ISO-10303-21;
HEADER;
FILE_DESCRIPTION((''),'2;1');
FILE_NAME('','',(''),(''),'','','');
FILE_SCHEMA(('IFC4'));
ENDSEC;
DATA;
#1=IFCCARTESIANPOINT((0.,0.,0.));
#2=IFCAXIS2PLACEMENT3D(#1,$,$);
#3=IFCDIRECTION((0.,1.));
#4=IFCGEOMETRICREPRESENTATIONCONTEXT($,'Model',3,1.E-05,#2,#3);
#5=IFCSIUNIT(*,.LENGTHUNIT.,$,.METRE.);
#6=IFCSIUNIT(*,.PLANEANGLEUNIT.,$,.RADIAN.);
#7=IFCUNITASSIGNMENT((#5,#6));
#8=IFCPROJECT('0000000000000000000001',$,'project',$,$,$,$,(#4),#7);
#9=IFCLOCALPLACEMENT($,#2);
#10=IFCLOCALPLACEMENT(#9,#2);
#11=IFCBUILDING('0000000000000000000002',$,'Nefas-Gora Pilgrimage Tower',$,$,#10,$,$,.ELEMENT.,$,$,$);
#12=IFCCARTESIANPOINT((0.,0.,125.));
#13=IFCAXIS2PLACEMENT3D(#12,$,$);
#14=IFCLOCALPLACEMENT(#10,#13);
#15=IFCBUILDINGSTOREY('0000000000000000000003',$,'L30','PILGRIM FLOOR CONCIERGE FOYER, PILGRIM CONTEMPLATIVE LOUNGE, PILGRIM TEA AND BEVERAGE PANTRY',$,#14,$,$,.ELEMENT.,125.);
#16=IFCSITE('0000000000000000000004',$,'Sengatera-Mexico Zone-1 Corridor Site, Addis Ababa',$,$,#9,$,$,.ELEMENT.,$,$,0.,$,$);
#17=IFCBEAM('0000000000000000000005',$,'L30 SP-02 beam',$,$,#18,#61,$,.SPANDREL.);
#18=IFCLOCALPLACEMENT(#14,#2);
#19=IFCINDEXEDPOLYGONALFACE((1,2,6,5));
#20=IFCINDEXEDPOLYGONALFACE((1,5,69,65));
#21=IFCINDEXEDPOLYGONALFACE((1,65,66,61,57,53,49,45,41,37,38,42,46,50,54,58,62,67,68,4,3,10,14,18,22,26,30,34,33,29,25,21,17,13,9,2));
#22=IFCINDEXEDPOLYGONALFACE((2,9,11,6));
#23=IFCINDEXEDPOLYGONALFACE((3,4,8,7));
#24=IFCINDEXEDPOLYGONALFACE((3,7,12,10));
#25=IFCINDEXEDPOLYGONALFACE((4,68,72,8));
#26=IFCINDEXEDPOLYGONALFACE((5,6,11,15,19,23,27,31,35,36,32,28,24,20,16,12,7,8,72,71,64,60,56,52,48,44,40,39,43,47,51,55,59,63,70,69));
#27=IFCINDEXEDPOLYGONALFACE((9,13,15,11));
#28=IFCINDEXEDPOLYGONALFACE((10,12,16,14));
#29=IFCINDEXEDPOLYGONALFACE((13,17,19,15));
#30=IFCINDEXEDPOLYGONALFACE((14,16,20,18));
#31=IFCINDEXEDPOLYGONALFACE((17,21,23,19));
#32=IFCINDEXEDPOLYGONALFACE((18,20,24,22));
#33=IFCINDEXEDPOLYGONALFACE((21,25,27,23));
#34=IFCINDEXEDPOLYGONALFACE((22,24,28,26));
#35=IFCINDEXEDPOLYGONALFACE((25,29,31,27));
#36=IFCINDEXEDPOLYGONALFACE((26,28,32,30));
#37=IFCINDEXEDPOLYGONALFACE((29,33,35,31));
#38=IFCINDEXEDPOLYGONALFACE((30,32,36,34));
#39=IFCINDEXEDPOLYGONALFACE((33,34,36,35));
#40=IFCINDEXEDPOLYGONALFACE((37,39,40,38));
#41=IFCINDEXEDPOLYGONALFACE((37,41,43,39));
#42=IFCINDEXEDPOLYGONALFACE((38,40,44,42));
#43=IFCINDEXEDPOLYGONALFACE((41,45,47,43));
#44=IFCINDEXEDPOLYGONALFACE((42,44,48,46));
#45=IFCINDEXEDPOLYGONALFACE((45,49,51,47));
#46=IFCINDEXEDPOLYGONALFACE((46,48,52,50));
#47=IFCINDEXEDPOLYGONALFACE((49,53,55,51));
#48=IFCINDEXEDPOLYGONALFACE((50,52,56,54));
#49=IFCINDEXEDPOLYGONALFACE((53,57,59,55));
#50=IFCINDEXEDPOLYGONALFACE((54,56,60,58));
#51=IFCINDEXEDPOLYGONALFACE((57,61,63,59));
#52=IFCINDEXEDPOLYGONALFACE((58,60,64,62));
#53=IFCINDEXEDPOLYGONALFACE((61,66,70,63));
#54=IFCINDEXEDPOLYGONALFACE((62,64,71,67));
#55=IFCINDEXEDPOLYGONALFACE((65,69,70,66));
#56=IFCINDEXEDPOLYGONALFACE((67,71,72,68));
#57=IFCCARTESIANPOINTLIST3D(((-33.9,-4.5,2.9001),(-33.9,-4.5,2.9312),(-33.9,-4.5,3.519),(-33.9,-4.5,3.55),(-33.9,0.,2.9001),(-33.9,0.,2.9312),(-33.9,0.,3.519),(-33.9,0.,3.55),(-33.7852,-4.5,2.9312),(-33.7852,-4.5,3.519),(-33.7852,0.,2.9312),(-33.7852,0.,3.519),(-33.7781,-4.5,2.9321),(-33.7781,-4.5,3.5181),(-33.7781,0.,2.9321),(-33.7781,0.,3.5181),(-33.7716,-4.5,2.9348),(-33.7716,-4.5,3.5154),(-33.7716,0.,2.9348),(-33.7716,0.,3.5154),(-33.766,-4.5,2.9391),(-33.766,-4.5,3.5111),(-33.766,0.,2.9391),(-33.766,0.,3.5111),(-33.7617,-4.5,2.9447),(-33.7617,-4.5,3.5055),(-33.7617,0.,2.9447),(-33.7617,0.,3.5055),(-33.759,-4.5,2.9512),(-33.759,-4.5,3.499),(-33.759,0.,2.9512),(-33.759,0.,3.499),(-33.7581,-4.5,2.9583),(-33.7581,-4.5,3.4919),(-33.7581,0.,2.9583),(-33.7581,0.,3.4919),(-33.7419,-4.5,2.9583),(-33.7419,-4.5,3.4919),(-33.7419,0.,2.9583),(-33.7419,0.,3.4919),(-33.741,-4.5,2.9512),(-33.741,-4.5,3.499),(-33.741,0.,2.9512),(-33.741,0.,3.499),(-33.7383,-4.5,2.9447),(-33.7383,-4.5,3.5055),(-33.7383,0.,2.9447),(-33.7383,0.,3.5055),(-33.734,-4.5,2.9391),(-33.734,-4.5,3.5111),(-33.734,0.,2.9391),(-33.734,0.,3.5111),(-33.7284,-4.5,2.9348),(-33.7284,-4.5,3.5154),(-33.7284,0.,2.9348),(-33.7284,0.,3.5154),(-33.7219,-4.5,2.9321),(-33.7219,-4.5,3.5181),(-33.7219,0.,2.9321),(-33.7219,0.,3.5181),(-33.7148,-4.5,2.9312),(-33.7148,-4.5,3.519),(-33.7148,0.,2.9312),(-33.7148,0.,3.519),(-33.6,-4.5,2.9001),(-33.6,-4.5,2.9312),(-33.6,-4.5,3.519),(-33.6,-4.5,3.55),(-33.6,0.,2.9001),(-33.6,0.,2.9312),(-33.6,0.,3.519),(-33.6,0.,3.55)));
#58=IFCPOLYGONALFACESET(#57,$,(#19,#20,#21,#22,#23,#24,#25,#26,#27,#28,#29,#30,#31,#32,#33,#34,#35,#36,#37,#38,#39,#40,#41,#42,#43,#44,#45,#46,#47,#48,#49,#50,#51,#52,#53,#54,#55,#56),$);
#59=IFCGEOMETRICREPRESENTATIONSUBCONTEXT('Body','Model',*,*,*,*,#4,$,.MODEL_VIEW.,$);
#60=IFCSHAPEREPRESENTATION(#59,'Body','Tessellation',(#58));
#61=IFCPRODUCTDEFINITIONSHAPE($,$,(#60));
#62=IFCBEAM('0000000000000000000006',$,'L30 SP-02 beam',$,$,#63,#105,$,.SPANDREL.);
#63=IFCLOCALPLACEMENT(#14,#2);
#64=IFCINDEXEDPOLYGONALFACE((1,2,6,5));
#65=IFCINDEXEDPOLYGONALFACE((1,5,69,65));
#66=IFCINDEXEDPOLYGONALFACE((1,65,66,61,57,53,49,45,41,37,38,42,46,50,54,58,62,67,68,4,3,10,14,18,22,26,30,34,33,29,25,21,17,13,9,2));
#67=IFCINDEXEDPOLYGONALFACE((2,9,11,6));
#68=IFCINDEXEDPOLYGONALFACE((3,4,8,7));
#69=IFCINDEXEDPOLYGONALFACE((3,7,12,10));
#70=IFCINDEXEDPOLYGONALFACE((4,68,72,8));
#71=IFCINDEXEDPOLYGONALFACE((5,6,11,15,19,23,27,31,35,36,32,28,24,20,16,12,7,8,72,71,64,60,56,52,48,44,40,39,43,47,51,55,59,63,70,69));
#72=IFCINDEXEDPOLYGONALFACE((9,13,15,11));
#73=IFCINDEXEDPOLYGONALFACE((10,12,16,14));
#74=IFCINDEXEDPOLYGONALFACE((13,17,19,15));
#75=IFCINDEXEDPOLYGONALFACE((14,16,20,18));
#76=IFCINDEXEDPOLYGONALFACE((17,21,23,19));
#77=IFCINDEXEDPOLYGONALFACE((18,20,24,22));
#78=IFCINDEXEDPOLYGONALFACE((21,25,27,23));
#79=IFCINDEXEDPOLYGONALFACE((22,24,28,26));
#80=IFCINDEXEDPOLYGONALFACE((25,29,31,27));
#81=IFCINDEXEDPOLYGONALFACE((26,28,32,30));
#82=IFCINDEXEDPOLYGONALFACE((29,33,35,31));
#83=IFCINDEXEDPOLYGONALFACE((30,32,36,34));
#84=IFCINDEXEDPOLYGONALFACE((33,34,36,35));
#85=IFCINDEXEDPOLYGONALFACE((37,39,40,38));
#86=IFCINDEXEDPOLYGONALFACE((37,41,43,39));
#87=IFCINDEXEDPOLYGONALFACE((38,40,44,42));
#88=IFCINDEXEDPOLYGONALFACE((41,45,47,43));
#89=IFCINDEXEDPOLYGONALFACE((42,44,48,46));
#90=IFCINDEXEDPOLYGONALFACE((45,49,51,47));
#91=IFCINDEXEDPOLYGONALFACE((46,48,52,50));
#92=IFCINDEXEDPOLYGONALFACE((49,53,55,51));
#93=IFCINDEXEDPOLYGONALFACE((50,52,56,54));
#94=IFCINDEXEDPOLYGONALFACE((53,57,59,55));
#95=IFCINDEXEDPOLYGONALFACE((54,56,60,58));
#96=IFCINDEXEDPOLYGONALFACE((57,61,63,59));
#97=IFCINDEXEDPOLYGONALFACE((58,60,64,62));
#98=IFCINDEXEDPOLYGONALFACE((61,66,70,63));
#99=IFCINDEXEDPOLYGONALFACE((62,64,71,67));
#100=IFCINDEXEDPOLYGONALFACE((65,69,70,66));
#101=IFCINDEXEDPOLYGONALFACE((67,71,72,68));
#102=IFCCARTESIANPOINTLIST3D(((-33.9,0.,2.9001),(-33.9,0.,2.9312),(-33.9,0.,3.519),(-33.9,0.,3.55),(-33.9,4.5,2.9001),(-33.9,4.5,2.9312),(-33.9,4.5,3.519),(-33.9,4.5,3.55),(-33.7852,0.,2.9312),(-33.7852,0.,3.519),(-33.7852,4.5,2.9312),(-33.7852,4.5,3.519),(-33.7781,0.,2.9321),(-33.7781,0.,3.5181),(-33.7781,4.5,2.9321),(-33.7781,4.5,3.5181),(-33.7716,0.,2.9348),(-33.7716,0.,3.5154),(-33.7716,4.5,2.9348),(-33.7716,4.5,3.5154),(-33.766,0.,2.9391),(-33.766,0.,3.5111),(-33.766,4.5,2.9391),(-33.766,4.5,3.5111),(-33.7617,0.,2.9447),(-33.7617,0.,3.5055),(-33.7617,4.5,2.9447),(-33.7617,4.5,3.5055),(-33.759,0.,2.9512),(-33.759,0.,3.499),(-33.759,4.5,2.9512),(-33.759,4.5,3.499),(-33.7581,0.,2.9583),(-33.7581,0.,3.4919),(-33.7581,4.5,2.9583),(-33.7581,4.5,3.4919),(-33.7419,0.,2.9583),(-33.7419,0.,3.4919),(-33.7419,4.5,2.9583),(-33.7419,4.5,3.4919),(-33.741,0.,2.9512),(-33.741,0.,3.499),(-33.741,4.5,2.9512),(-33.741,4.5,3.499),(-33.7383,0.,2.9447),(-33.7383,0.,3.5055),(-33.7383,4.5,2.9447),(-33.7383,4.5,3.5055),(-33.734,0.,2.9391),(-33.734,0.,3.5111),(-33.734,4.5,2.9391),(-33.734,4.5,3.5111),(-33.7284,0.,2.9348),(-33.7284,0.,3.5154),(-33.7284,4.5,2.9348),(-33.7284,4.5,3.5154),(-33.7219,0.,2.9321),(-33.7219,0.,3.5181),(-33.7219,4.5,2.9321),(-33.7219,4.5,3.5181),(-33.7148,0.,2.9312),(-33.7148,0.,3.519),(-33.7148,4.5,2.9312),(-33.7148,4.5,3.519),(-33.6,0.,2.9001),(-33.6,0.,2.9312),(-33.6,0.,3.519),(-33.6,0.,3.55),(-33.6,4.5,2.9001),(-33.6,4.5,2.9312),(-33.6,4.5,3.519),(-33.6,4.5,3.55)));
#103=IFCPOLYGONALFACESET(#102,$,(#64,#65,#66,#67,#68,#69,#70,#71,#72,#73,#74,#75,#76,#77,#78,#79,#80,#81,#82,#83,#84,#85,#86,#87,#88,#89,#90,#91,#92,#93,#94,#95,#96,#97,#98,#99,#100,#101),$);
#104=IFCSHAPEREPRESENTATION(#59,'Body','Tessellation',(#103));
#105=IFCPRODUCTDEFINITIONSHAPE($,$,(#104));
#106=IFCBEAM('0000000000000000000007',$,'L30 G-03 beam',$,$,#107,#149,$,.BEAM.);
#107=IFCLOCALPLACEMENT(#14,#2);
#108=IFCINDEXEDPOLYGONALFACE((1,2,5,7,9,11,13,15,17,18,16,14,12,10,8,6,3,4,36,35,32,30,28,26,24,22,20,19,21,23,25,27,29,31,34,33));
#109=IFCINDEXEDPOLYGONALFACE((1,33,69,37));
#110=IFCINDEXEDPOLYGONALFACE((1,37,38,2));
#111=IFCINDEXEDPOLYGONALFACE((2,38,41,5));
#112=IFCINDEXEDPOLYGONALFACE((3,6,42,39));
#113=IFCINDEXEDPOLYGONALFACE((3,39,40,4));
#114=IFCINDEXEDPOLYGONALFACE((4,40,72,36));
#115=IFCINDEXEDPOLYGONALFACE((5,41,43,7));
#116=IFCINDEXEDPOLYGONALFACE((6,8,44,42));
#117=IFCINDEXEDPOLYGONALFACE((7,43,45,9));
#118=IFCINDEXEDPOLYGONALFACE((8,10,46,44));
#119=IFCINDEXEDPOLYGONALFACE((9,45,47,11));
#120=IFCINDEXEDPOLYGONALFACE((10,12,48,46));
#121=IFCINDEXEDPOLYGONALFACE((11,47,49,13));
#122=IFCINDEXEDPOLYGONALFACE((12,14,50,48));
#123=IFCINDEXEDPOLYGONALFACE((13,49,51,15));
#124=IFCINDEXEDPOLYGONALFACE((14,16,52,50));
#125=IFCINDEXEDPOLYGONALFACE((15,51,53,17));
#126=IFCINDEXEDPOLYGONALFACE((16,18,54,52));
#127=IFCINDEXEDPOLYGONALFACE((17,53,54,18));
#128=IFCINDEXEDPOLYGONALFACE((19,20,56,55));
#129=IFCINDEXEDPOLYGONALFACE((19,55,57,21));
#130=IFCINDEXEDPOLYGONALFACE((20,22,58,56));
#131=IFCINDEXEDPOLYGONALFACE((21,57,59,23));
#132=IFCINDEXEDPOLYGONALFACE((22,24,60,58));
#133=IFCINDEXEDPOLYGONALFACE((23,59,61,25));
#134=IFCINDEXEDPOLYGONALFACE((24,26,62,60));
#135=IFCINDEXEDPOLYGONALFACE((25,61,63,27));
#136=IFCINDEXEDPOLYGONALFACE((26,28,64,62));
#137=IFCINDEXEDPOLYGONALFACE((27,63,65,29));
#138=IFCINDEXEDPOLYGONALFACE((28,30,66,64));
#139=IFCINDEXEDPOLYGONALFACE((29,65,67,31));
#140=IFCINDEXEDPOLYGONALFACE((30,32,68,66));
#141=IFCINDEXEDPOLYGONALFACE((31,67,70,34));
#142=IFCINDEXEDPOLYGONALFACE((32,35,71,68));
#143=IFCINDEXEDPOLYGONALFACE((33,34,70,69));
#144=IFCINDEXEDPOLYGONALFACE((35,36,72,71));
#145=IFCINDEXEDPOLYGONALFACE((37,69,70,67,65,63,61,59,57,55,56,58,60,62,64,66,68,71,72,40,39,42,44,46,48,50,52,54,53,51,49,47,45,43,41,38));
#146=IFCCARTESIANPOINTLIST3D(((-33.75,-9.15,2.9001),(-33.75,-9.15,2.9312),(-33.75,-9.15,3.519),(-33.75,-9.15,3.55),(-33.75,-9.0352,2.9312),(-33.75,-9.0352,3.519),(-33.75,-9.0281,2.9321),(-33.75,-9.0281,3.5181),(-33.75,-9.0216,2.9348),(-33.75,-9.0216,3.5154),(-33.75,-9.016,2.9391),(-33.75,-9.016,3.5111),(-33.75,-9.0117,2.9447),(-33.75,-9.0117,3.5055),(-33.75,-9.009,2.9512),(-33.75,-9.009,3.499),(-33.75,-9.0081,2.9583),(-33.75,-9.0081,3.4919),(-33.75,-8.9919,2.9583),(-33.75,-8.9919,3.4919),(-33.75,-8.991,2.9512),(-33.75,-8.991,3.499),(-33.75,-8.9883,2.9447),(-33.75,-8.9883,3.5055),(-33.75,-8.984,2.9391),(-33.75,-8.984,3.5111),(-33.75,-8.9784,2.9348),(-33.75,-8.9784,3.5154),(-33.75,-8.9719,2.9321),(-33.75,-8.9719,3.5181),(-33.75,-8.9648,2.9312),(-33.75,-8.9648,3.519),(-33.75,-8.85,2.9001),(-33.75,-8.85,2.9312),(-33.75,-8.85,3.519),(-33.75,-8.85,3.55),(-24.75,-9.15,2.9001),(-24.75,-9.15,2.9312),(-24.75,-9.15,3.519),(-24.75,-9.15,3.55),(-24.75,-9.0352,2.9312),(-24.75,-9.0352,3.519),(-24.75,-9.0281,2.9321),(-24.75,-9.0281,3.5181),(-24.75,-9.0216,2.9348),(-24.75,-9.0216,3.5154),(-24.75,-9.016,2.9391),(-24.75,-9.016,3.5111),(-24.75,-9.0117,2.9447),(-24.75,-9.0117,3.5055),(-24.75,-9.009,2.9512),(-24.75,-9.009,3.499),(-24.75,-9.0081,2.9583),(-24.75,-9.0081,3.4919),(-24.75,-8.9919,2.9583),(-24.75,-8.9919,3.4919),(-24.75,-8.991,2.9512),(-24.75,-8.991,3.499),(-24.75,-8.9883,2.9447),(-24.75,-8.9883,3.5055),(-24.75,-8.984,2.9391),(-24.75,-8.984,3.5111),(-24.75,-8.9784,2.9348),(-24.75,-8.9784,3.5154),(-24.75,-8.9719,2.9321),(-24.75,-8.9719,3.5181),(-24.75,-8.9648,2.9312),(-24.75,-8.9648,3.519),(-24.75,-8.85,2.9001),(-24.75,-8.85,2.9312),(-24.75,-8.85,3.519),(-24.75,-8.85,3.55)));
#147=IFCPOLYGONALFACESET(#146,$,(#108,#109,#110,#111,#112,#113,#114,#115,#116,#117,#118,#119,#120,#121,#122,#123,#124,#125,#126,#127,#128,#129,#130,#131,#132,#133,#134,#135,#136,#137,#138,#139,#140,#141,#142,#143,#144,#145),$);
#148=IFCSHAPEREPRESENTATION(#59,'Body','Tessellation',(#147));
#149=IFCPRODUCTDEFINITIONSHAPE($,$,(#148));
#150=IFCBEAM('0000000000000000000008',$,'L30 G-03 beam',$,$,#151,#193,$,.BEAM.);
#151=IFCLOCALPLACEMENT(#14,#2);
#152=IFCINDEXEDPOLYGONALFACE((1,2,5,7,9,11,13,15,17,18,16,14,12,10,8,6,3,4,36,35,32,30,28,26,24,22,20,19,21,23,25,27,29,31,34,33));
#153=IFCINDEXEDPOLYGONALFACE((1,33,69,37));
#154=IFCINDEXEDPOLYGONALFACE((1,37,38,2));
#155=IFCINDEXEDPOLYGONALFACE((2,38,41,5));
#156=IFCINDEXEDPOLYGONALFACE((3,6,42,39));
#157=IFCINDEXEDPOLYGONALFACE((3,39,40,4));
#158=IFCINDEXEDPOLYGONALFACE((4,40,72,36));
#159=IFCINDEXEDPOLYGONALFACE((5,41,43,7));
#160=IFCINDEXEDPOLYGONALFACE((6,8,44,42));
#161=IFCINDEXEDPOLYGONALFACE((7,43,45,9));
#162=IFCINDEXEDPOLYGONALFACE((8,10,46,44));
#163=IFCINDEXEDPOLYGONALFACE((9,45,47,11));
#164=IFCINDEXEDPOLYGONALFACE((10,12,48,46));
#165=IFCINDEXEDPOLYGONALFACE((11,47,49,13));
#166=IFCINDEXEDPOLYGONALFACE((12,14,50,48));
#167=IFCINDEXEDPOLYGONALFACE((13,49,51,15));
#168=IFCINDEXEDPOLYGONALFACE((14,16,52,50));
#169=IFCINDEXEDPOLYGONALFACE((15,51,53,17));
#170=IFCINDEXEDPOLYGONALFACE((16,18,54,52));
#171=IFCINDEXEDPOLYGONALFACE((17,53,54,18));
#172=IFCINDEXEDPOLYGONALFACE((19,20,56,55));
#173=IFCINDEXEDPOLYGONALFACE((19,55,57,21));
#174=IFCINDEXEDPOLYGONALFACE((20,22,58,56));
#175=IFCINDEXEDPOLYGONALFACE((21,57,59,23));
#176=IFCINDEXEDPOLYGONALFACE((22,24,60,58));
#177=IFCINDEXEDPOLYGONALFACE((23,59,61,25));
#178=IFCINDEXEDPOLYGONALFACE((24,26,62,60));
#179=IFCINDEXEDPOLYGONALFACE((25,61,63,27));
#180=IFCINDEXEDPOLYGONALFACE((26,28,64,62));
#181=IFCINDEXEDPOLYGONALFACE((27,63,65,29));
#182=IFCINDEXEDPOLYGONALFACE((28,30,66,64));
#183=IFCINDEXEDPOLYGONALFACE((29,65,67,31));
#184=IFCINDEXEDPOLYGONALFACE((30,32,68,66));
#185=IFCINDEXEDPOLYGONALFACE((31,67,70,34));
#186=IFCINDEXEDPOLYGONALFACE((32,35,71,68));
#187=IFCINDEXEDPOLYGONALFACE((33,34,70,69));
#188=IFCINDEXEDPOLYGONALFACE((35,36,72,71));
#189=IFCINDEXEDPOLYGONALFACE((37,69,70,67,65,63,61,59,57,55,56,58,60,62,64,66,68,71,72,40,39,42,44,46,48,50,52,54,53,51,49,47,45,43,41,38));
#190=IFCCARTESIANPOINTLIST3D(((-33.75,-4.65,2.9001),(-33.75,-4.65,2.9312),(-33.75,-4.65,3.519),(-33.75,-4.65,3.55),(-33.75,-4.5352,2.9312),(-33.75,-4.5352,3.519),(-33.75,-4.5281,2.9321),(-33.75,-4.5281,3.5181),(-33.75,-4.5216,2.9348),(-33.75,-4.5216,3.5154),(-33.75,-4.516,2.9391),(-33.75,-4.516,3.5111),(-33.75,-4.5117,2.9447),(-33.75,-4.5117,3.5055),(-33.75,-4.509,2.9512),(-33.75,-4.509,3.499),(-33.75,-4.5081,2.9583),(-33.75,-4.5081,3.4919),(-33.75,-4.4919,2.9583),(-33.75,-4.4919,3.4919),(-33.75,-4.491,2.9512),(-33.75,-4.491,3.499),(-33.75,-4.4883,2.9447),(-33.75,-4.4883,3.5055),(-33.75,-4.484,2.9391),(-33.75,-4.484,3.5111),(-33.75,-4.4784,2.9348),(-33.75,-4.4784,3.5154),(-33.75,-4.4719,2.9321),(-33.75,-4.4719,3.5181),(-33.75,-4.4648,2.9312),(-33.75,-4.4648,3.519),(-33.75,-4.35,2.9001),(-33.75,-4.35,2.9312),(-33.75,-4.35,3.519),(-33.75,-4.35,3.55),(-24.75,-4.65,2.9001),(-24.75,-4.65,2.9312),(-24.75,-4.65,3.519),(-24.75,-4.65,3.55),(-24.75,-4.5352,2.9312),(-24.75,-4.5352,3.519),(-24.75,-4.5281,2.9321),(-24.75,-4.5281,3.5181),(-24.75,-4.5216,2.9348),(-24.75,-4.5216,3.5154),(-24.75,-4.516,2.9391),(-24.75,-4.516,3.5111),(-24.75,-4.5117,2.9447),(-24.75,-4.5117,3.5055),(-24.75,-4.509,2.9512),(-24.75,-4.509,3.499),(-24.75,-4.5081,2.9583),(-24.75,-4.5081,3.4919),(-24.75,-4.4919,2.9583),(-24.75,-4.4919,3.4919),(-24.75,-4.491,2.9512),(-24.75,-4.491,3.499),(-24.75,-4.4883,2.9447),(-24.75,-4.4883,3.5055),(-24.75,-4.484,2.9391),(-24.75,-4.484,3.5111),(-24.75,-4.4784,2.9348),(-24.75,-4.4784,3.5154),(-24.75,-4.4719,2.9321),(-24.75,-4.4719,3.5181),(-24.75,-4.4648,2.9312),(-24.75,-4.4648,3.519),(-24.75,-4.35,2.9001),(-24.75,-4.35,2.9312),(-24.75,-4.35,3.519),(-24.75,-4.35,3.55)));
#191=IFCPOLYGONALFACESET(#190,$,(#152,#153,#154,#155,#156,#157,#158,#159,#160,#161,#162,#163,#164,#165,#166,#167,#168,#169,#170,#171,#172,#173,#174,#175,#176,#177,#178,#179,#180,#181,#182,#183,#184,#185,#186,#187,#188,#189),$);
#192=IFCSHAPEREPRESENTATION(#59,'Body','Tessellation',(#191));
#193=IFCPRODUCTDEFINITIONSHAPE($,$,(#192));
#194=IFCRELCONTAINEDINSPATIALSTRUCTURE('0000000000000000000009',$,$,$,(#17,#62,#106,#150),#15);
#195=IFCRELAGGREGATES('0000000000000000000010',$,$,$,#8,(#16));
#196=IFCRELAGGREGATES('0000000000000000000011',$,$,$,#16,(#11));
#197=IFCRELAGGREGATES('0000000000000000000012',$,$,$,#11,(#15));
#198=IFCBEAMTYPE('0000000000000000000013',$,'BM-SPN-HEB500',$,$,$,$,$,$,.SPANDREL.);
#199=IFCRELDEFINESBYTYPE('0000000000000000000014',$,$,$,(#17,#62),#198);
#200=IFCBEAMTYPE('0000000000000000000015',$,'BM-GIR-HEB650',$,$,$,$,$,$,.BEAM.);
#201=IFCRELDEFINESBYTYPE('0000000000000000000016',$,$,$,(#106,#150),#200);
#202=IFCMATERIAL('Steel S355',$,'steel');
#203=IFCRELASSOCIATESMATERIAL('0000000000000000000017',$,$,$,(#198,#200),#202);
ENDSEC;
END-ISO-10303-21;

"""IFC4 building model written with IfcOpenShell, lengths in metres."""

from ifc_helpers import new_model, si_unit, direction, frame, origin, origin_2d, place, context, subcontext, project, spatial, i_section, extrude, source, transform, mapped, material, material_profile, profile_set, type_object, element, save


model = new_model("IFC4")

# Units and contexts
model_context = context("Model", 3, precision=1e-05, world=origin(), true_north=direction((0.0, 1.0)))
body_context = subcontext(model_context, "Body", "Model", "MODEL_VIEW")
ifc_project = project(units=[si_unit("LENGTHUNIT", "METRE"), si_unit("PLANEANGLEUNIT", "RADIAN")], contexts=[model_context])

# Site, building, storey
site_placement = place(None, origin())
site = spatial("IfcSite", under=ifc_project, at=site_placement, Name="Sengatera-Mexico Zone-1 Corridor Site, Addis Ababa", CompositionType="ELEMENT", RefElevation=0.0)
building_placement = place(site_placement, origin())
building = spatial("IfcBuilding", under=site, at=building_placement, Name="Nefas-Gora Pilgrimage Tower", CompositionType="ELEMENT")
storey_placement = place(building_placement, frame((0.0, 0.0, 125.0)))
storey = spatial("IfcBuildingStorey", under=building, at=storey_placement, Name="L30", Description="PILGRIM FLOOR CONCIERGE FOYER, PILGRIM CONTEMPLATIVE LOUNGE, PILGRIM TEA AND BEVERAGE PANTRY", CompositionType="ELEMENT", Elevation=125.0)

# Beams
ifc_material_1 = material(Name="Steel S355", Category="steel")
ifc_material_profile_1 = material_profile(ifc_material_1, i_section(OverallWidth=0.3, OverallDepth=0.6499, WebThickness=0.0161, FlangeThickness=0.031, FilletRadius=0.0271, at=origin_2d()), Name="HEB 650")
ifc_profile_set_1 = profile_set([ifc_material_profile_1], Name="Steel S355")
beam_type_1 = type_object("IfcBeamType", Name="BM-SPN-HEB500", PredefinedType="SPANDREL", material=ifc_profile_set_1)
shared_shape_1 = source(origin(), body_context, "Body", "SweptSolid", [
    extrude(i_section(OverallWidth=0.3, OverallDepth=0.6499, WebThickness=0.0161, FlangeThickness=0.031, FilletRadius=0.0271, at=origin_2d()), origin(), (0.0, 0.0, 1.0), 4.5),
])
for number, where, z_axis, x_axis, name in (
    (1, (-33.75, -4.5, 3.2251), (0.0, 1.0, 0.0), (-1.0, 0.0, 0.0), "L30 SP-02 beam"),
    (2, (-33.75, 0.0, 3.2251), (0.0, 1.0, 0.0), (-1.0, 0.0, 0.0), "L30 SP-02 beam"),
):
    element("IfcBeam", number, at=place(storey_placement, frame(where, z_axis=z_axis, x_axis=x_axis)), inside=storey, type_object=beam_type_1, Name=name, PredefinedType="SPANDREL", context=body_context, shape_type="MappedRepresentation", body=[
        mapped(shared_shape_1, transform((0.0, 0.0, 0.0), x_axis=(1.0, 0.0, 0.0), y_axis=(0.0, 1.0, 0.0), z_axis=(0.0, 0.0, 1.0), scale=1.0)),
    ])
ifc_material_profile_2 = material_profile(ifc_material_1, i_section(OverallWidth=0.3, OverallDepth=0.6499, WebThickness=0.0161, FlangeThickness=0.031, FilletRadius=0.0271, at=origin_2d()), Name="HEB 650")
ifc_profile_set_2 = profile_set([ifc_material_profile_2], Name="Steel S355")
beam_type_2 = type_object("IfcBeamType", Name="BM-GIR-HEB650", PredefinedType="BEAM", material=ifc_profile_set_2)
shared_shape_2 = source(origin(), body_context, "Body", "SweptSolid", [
    extrude(i_section(OverallWidth=0.3, OverallDepth=0.6499, WebThickness=0.0161, FlangeThickness=0.031, FilletRadius=0.0271, at=origin_2d()), origin(), (0.0, 0.0, 1.0), 9.0),
])
for number, where, z_axis, x_axis, name in (
    (3, (-33.75, -9.0, 3.2251), (1.0, 0.0, 0.0), (0.0, 1.0, 0.0), "L30 G-03 beam"),
    (4, (-33.75, -4.5, 3.2251), (1.0, 0.0, 0.0), (0.0, 1.0, 0.0), "L30 G-03 beam"),
):
    element("IfcBeam", number, at=place(storey_placement, frame(where, z_axis=z_axis, x_axis=x_axis)), inside=storey, type_object=beam_type_2, Name=name, PredefinedType="BEAM", context=body_context, shape_type="MappedRepresentation", body=[
        mapped(shared_shape_2, transform((0.0, 0.0, 0.0), x_axis=(1.0, 0.0, 0.0), y_axis=(0.0, 1.0, 0.0), z_axis=(0.0, 0.0, 1.0), scale=1.0)),
    ])

save(model, "model.ifc")
